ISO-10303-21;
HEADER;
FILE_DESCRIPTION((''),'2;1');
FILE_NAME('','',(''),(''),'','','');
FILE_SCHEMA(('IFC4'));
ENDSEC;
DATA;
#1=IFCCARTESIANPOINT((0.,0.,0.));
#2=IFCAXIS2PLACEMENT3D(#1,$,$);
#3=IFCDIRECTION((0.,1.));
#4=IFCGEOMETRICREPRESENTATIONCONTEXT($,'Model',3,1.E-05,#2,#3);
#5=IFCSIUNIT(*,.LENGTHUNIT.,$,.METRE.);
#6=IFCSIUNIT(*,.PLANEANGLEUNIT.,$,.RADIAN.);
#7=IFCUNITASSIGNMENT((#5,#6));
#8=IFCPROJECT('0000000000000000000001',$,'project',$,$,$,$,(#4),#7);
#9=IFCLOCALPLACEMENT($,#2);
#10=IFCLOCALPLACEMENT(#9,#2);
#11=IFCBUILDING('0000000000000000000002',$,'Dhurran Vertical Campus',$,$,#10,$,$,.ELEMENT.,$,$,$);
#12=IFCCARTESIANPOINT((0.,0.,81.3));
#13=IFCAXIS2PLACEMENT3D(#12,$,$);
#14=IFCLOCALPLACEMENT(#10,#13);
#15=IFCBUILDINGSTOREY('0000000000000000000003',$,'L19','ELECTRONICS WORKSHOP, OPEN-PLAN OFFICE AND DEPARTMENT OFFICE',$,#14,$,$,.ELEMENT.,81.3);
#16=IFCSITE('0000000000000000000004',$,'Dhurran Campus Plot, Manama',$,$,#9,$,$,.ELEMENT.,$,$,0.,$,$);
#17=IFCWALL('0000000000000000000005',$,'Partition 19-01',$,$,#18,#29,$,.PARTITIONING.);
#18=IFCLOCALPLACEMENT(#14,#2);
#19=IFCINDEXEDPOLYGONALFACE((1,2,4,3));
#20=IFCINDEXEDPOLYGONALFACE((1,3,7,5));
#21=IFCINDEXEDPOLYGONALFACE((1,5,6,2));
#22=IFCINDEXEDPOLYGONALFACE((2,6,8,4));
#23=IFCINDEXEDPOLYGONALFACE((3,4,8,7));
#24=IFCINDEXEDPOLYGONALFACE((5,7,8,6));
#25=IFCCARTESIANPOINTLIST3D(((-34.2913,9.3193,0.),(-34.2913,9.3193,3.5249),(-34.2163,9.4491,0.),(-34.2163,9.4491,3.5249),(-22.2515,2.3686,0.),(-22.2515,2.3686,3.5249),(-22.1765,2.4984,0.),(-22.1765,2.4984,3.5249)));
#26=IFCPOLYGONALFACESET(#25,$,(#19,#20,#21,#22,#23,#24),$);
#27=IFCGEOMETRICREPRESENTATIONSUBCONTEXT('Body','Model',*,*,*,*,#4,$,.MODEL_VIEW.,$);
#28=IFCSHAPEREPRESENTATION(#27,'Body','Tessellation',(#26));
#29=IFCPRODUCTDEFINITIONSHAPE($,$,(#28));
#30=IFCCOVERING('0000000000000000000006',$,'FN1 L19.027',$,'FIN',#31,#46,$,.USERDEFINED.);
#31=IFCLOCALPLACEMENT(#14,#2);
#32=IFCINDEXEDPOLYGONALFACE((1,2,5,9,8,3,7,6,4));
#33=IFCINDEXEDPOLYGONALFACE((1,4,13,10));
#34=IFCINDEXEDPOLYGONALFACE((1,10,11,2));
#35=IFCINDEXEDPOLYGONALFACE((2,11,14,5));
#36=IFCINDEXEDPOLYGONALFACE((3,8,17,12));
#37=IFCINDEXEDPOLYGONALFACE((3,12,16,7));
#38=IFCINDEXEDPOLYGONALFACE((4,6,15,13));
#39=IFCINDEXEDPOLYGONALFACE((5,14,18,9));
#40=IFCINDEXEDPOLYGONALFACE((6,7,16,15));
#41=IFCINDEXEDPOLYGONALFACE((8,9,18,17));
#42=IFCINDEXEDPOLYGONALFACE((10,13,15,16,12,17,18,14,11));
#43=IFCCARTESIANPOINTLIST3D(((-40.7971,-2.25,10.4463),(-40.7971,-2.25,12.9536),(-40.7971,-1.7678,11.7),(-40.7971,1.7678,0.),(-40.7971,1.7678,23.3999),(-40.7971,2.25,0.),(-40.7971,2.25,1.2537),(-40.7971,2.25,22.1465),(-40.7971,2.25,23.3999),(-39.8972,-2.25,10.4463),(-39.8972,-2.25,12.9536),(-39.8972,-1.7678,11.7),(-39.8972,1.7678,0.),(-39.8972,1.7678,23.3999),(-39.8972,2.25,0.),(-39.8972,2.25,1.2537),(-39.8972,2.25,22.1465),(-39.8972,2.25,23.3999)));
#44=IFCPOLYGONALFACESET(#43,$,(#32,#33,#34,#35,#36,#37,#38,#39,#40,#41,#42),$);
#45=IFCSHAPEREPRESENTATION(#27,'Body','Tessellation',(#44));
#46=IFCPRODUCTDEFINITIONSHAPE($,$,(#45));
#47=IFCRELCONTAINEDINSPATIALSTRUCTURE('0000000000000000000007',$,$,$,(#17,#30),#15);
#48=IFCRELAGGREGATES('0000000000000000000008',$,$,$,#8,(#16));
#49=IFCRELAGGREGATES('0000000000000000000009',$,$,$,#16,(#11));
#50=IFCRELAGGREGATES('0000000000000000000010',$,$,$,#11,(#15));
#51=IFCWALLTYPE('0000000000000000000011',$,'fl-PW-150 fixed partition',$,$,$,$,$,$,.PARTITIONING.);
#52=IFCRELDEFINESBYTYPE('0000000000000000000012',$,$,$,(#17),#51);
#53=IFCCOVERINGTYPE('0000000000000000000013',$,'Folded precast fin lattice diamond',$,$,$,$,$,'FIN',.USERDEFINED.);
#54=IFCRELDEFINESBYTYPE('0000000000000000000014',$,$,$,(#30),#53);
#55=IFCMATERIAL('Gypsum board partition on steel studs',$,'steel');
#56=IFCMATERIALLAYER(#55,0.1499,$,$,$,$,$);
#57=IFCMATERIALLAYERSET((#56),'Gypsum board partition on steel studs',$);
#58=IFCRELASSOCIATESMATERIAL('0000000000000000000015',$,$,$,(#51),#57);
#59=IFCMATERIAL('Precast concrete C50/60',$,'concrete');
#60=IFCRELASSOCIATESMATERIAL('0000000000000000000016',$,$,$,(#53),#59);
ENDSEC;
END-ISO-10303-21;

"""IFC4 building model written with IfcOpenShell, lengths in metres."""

from ifc_helpers import new_model, si_unit, direction, frame, frame_2d, origin, place, context, subcontext, project, spatial, polyline, rectangle, outline, extrude, material, layer, layer_set, type_object, element, save


model = new_model("IFC4")

# Units and contexts
model_context = context("Model", 3, precision=1e-05, world=origin(), true_north=direction((0.0, 1.0)))
body_context = subcontext(model_context, "Body", "Model", "MODEL_VIEW")
ifc_project = project(units=[si_unit("LENGTHUNIT", "METRE"), si_unit("PLANEANGLEUNIT", "RADIAN")], contexts=[model_context])

# Site, building, storey
site_placement = place(None, origin())
site = spatial("IfcSite", under=ifc_project, at=site_placement, Name="Dhurran Campus Plot, Manama", CompositionType="ELEMENT", RefElevation=0.0)
building_placement = place(site_placement, origin())
building = spatial("IfcBuilding", under=site, at=building_placement, Name="Dhurran Vertical Campus", CompositionType="ELEMENT")
storey_placement = place(building_placement, frame((0.0, 0.0, 81.3)))
storey = spatial("IfcBuildingStorey", under=building, at=storey_placement, Name="L19", Description="ELECTRONICS WORKSHOP, OPEN-PLAN OFFICE AND DEPARTMENT OFFICE", CompositionType="ELEMENT", Elevation=81.3)

# Wall
ifc_material_1 = material(Name="Gypsum board partition on steel studs", Category="steel")
ifc_layer_1 = layer(ifc_material_1, 0.1499)
ifc_layer_set_1 = layer_set([ifc_layer_1], Name="Gypsum board partition on steel studs")
wall_type_1 = type_object("IfcWallType", Name="fl-PW-150 fixed partition", PredefinedType="PARTITIONING", material=ifc_layer_set_1)
wall_1_placement = place(storey_placement, frame((-34.2539, 9.3843, 0.0), z_axis=(0.0, 0.0, 1.0), x_axis=(0.866041, -0.499973, 0.0)))
element("IfcWall", 1, at=wall_1_placement, inside=storey, type_object=wall_type_1, Name="Partition 19-01", PredefinedType="PARTITIONING", context=body_context, shape_type="SweptSolid", body=[
    extrude(rectangle(XDim=13.9021, YDim=0.1499, at=frame_2d((6.9512, 0.0))), origin(), (0.0, 0.0, 1.0), 3.5249),
])

# Covering
ifc_material_2 = material(Name="Precast concrete C50/60", Category="concrete")
covering_type = type_object("IfcCoveringType", Name="Folded precast fin lattice diamond", ElementType="FIN", PredefinedType="USERDEFINED", material=ifc_material_2)
covering_1_placement = place(storey_placement, frame((-39.8972, 2.25, 0.0), z_axis=(-1.0, 0.0, 0.0), x_axis=(0.0, -1.0, 0.0)))
element("IfcCovering", 2, at=covering_1_placement, inside=storey, type_object=covering_type, Name="FN1 L19.027", ObjectType="FIN", PredefinedType="USERDEFINED", context=body_context, shape_type="SweptSolid", body=[
    extrude(outline(polyline([(4.5, 10.4463), (0.4822, 0.0), (0.0, 0.0), (0.0, 1.2537), (4.0178, 11.7), (0.0, 22.1465), (0.0, 23.3999), (0.4822, 23.3999), (4.5, 12.9536), (4.5, 10.4463)])), origin(), (0.0, 0.0, 1.0), 0.8999),
])

save(model, "model.ifc")
